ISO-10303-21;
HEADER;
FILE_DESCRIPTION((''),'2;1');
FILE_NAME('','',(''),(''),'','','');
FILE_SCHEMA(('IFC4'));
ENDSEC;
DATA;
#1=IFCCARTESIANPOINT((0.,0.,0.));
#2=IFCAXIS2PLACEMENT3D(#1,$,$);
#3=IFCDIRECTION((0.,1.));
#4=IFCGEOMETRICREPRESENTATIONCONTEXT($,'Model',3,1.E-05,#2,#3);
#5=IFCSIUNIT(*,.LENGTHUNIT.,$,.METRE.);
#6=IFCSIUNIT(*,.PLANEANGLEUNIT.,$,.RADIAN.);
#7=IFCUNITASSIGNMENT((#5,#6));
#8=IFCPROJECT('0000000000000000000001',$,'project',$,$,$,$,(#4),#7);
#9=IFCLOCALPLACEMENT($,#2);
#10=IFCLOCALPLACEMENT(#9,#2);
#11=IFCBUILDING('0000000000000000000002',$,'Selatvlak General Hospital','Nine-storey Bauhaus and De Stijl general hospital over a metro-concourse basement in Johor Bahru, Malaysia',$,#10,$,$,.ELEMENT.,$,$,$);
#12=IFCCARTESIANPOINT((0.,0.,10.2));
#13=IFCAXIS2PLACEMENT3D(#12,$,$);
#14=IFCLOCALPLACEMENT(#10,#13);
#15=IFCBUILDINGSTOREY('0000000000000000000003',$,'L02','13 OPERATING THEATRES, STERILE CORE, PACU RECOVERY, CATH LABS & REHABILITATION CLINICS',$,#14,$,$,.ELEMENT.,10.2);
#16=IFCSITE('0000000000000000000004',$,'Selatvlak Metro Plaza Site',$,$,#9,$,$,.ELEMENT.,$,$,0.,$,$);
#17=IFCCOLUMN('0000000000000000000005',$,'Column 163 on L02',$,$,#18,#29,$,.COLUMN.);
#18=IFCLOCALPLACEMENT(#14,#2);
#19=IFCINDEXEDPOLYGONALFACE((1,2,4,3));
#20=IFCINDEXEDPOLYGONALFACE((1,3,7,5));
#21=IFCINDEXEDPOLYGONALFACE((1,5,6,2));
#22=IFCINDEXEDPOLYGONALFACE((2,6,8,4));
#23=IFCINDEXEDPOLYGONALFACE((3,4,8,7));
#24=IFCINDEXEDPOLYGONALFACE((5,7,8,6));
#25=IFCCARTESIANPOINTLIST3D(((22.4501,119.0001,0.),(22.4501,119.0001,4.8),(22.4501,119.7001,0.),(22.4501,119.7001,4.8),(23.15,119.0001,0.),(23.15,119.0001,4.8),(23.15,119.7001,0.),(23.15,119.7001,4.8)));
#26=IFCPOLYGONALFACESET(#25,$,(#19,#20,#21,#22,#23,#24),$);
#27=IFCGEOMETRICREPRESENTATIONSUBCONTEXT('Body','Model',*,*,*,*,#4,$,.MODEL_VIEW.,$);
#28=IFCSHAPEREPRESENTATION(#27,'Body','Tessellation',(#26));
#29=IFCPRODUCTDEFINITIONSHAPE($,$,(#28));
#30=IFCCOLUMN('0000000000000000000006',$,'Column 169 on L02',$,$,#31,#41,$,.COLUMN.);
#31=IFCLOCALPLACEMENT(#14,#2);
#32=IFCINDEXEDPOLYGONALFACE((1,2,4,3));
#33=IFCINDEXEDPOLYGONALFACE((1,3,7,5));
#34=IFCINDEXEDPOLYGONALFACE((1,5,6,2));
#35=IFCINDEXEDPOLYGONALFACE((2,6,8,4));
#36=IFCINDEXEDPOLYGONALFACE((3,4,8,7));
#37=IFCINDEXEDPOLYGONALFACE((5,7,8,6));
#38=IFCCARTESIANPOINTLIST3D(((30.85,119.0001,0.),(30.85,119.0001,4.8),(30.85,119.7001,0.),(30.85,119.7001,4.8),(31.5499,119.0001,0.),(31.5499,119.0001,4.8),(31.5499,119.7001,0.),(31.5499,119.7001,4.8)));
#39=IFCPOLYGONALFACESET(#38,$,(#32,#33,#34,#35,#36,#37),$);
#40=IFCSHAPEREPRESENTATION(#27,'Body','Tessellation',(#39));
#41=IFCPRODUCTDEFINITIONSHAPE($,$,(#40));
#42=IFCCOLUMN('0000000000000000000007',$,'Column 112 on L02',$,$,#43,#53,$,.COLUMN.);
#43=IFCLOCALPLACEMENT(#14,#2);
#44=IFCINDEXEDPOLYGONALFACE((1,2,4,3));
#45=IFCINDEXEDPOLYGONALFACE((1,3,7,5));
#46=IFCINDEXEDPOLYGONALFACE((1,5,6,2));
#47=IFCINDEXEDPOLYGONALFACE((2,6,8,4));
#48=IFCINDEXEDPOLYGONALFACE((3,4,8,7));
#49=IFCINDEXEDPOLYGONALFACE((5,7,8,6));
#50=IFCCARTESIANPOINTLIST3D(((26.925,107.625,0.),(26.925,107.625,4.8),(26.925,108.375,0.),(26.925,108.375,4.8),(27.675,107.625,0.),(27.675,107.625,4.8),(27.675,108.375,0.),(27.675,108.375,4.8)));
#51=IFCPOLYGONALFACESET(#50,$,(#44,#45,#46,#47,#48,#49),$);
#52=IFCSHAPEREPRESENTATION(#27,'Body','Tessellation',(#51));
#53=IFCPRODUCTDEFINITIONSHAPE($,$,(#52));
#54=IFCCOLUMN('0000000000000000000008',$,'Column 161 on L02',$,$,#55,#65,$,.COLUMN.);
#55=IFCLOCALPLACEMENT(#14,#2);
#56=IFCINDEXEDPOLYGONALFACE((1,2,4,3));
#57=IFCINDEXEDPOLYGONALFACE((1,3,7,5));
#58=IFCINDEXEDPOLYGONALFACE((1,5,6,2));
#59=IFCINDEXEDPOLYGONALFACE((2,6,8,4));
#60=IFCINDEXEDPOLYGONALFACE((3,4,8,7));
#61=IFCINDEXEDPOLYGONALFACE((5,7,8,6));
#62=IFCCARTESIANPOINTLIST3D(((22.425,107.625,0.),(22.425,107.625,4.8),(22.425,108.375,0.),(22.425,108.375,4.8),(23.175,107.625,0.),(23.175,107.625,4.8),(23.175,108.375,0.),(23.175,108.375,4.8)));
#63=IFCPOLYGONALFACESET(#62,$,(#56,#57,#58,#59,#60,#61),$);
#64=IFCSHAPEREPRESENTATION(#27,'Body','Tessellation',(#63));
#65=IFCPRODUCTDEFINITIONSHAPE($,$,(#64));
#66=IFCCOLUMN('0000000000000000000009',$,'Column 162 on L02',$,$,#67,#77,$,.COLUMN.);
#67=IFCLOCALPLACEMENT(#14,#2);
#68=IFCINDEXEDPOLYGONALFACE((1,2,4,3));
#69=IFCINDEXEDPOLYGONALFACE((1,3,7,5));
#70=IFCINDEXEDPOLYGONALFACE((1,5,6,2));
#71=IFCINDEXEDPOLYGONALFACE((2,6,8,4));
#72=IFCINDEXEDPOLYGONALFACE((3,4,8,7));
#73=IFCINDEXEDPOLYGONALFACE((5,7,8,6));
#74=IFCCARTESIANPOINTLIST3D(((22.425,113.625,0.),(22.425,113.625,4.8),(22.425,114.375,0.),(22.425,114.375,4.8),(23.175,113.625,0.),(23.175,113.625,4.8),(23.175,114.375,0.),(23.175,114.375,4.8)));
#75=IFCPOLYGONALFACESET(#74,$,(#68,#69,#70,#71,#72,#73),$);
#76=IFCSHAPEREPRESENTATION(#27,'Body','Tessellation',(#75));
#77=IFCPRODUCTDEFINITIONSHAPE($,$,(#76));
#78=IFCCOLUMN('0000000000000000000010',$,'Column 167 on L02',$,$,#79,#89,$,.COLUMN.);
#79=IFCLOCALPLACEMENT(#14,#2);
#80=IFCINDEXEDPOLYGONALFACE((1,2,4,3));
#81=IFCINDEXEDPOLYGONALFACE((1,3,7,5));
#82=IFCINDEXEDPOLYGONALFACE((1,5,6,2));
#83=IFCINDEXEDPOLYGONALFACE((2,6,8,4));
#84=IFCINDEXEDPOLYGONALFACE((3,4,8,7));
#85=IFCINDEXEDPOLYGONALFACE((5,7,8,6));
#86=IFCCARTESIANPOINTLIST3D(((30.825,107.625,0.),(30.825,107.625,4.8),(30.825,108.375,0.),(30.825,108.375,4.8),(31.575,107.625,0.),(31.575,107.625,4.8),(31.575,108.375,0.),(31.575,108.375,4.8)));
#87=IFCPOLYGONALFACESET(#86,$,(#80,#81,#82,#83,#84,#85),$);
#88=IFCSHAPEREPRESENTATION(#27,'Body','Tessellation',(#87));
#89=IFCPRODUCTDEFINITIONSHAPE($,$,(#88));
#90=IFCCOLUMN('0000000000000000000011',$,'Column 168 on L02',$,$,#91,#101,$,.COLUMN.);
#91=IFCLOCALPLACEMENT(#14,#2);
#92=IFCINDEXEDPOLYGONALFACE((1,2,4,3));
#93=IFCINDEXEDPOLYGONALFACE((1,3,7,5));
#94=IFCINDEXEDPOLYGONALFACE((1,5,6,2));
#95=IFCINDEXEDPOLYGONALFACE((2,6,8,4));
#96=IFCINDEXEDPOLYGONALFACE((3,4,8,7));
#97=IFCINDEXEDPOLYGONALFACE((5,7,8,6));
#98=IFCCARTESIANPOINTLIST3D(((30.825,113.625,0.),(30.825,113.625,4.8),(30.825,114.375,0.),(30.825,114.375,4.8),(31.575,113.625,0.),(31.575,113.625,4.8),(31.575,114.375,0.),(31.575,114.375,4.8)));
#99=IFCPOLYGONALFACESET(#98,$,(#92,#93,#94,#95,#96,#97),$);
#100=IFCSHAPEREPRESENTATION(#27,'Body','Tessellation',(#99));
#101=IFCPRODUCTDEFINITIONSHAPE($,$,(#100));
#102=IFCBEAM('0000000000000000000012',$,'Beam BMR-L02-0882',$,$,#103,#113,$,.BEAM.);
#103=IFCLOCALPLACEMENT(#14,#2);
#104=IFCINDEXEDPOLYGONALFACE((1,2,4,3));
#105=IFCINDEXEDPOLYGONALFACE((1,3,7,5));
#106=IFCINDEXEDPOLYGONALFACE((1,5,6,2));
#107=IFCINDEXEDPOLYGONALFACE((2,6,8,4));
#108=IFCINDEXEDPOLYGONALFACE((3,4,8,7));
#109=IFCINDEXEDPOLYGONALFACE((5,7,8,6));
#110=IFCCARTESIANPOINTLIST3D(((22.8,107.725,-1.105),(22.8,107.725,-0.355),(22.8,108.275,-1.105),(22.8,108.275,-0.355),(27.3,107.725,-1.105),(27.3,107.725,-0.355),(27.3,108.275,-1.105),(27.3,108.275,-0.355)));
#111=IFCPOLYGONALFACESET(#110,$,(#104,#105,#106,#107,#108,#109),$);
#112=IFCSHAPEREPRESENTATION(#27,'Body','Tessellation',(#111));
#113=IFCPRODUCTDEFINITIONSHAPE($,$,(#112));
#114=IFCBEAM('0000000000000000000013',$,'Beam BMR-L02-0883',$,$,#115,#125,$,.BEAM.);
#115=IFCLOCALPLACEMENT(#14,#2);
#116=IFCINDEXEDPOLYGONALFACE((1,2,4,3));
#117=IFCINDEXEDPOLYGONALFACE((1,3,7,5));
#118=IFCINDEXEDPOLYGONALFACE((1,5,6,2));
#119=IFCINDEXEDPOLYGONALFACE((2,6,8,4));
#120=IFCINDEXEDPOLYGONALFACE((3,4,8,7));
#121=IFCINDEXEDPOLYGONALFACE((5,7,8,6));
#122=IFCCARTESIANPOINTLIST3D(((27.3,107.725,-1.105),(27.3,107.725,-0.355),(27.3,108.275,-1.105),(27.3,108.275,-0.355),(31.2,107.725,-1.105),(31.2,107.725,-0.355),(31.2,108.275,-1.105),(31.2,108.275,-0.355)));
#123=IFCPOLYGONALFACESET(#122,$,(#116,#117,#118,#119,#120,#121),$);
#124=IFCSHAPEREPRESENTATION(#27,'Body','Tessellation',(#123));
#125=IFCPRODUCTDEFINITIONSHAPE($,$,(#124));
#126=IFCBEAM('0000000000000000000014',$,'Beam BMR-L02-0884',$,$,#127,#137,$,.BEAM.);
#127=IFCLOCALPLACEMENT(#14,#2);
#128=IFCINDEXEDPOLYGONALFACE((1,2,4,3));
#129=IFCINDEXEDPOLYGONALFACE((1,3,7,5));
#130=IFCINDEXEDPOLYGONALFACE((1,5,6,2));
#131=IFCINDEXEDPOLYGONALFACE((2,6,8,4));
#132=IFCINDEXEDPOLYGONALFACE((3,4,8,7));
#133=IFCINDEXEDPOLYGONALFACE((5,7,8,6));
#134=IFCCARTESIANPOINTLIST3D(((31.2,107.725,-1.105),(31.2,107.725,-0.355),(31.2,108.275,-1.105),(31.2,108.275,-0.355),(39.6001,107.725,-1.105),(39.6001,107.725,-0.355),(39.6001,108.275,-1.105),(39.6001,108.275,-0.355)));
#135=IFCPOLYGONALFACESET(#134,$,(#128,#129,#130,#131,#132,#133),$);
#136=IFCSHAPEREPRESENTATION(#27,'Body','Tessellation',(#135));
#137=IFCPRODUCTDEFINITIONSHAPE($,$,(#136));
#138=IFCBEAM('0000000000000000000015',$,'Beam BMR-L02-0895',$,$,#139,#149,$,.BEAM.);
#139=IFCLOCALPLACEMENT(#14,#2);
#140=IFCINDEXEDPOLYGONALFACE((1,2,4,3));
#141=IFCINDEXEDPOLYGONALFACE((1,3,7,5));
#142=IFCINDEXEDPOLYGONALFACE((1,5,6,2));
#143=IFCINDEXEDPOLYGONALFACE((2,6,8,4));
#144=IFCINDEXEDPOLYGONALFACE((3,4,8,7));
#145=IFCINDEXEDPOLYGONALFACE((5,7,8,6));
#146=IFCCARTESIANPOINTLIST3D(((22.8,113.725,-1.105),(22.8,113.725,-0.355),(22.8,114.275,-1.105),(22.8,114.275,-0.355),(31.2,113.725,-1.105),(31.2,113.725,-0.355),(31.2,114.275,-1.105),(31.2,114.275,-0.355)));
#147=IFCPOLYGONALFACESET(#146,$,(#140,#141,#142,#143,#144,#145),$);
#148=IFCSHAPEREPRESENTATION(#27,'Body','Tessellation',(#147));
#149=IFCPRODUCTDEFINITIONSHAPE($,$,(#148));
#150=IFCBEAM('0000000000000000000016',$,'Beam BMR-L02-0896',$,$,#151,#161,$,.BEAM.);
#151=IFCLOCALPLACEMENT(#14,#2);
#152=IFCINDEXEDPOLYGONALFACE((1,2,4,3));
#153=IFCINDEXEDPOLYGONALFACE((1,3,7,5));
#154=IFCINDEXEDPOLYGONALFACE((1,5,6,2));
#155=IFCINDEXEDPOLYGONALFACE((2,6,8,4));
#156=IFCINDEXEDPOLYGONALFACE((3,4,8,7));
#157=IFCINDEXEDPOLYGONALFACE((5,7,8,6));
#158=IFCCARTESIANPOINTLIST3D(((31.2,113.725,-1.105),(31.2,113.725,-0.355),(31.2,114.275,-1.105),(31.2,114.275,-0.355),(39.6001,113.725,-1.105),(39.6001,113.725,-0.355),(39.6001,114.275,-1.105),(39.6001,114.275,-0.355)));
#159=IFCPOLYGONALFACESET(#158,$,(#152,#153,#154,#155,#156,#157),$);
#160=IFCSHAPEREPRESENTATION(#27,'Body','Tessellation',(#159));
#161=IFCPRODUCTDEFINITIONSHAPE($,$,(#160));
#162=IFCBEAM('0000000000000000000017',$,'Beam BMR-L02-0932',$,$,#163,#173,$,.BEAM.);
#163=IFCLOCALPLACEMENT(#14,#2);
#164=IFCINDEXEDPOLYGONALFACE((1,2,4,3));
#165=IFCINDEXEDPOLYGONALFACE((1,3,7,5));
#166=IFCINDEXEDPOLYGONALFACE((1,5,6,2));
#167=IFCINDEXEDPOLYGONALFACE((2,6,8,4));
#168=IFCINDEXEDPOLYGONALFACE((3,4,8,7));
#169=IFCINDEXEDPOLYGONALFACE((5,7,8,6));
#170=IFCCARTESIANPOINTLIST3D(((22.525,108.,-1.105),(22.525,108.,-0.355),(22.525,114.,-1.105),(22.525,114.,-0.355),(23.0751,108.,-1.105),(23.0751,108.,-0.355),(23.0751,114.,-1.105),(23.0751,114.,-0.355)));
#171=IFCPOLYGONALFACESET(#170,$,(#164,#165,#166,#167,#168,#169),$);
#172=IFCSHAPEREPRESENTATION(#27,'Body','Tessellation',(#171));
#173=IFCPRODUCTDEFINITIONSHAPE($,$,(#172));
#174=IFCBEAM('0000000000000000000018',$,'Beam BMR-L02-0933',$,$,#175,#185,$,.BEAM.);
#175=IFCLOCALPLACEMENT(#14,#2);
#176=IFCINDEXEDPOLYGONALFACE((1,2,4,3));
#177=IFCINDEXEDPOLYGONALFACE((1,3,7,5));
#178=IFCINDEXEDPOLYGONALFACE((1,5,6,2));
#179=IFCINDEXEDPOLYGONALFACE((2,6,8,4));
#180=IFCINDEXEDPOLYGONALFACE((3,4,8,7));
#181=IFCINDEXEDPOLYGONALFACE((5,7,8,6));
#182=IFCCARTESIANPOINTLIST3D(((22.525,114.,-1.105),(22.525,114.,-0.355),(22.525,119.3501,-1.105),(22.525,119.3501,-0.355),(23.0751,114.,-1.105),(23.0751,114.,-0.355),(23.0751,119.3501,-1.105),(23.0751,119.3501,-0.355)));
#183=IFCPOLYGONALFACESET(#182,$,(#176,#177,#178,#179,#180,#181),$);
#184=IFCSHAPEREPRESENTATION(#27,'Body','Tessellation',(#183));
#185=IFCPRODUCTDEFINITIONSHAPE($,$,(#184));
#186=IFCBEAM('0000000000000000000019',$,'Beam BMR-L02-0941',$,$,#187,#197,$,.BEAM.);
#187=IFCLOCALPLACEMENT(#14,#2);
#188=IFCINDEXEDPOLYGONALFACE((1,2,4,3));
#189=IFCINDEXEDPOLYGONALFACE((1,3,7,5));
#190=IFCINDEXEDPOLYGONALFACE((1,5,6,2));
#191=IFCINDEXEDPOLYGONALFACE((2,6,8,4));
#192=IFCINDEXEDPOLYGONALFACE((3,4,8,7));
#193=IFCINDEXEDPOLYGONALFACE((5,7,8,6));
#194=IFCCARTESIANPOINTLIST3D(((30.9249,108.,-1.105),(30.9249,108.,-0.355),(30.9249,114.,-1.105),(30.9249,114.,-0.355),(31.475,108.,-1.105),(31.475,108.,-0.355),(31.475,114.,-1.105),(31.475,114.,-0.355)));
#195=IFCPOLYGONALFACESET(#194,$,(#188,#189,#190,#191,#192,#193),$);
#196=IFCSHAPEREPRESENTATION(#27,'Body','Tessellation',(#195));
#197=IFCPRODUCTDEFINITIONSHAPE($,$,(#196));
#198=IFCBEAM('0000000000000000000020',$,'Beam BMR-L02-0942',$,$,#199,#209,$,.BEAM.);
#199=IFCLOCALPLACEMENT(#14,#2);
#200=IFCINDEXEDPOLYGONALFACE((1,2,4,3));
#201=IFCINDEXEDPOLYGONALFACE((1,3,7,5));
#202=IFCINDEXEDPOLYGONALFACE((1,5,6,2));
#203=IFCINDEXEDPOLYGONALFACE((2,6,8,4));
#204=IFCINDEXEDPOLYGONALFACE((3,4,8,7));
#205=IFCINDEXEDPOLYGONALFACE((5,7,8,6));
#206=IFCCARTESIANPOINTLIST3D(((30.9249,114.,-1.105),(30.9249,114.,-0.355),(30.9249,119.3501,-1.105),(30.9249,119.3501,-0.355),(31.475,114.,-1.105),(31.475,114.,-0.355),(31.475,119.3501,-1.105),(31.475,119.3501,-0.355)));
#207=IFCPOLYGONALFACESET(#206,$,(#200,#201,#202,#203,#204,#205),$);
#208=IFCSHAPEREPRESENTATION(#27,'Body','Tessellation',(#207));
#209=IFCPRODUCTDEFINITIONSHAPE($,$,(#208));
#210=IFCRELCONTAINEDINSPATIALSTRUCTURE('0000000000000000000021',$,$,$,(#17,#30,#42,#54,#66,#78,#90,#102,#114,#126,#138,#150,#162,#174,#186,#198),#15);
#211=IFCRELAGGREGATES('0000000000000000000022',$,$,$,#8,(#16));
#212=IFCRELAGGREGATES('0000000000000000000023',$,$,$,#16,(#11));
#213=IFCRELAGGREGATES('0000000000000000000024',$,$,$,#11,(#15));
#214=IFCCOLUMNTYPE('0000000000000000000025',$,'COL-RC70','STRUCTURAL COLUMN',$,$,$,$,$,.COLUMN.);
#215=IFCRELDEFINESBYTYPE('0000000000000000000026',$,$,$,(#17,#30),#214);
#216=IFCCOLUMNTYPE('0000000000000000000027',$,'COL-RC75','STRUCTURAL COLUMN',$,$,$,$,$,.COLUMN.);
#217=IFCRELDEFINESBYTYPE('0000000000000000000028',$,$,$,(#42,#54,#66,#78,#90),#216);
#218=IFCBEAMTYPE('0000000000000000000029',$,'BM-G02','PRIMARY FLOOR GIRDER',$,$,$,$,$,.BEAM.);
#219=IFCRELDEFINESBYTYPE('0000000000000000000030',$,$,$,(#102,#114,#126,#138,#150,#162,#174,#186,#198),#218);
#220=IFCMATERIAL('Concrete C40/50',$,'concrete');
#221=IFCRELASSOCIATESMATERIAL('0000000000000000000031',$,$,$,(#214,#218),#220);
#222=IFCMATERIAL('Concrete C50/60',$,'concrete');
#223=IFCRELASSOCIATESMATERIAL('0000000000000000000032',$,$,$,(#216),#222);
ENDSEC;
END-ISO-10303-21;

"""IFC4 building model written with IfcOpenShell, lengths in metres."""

from ifc_helpers import new_model, si_unit, direction, frame, origin, origin_2d, place, context, subcontext, project, spatial, rectangle, extrude, material, material_profile, profile_set, type_object, element, save


model = new_model("IFC4")

# Units and contexts
model_context = context("Model", 3, precision=1e-05, world=origin(), true_north=direction((0.0, 1.0)))
body_context = subcontext(model_context, "Body", "Model", "MODEL_VIEW")
ifc_project = project(units=[si_unit("LENGTHUNIT", "METRE"), si_unit("PLANEANGLEUNIT", "RADIAN")], contexts=[model_context])

# Site, building, storey
site_placement = place(None, origin())
site = spatial("IfcSite", under=ifc_project, at=site_placement, Name="Selatvlak Metro Plaza Site", CompositionType="ELEMENT", RefElevation=0.0)
building_placement = place(site_placement, origin())
building = spatial("IfcBuilding", under=site, at=building_placement, Name="Selatvlak General Hospital", Description="Nine-storey Bauhaus and De Stijl general hospital over a metro-concourse basement in Johor Bahru, Malaysia", CompositionType="ELEMENT")
storey_placement = place(building_placement, frame((0.0, 0.0, 10.2)))
storey = spatial("IfcBuildingStorey", under=building, at=storey_placement, Name="L02", Description="13 OPERATING THEATRES, STERILE CORE, PACU RECOVERY, CATH LABS & REHABILITATION CLINICS", CompositionType="ELEMENT", Elevation=10.2)

# Columns
ifc_material_1 = material(Name="Concrete C40/50", Category="concrete")
ifc_material_profile_1 = material_profile(ifc_material_1, rectangle(XDim=0.7, YDim=0.7, at=origin_2d()), Name="RC-COL 700x700")
ifc_profile_set_1 = profile_set([ifc_material_profile_1], Name="Concrete C40/50")
column_type_1 = type_object("IfcColumnType", Name="COL-RC70", Description="STRUCTURAL COLUMN", PredefinedType="COLUMN", material=ifc_profile_set_1)
for number, where, z_axis, x_axis, name in (
    (1, (22.8, 119.3501, 0.0), (0.0, 0.0, 1.0), (1.0, 0.0, 0.0), "Column 163 on L02"),
    (2, (31.2, 119.3501, 0.0), (0.0, 0.0, 1.0), (1.0, 0.0, 0.0), "Column 169 on L02"),
):
    element("IfcColumn", number, at=place(storey_placement, frame(where, z_axis=z_axis, x_axis=x_axis)), inside=storey, type_object=column_type_1, Name=name, PredefinedType="COLUMN", context=body_context, shape_type="SweptSolid", body=[
        extrude(rectangle(XDim=0.7, YDim=0.7, at=origin_2d()), origin(), (0.0, 0.0, 1.0), 4.8),
    ])
ifc_material_2 = material(Name="Concrete C50/60", Category="concrete")
ifc_material_profile_2 = material_profile(ifc_material_2, rectangle(XDim=0.75, YDim=0.75, at=origin_2d()), Name="RC-COL 750x750")
ifc_profile_set_2 = profile_set([ifc_material_profile_2], Name="Concrete C50/60")
column_type_2 = type_object("IfcColumnType", Name="COL-RC75", Description="STRUCTURAL COLUMN", PredefinedType="COLUMN", material=ifc_profile_set_2)
for number, where, z_axis, x_axis, name in (
    (3, (27.3, 108.0, 0.0), (0.0, 0.0, 1.0), (1.0, 0.0, 0.0), "Column 112 on L02"),
    (4, (22.8, 108.0, 0.0), (0.0, 0.0, 1.0), (1.0, 0.0, 0.0), "Column 161 on L02"),
    (5, (22.8, 114.0, 0.0), (0.0, 0.0, 1.0), (1.0, 0.0, 0.0), "Column 162 on L02"),
    (6, (31.2, 108.0, 0.0), (0.0, 0.0, 1.0), (1.0, 0.0, 0.0), "Column 167 on L02"),
    (7, (31.2, 114.0, 0.0), (0.0, 0.0, 1.0), (1.0, 0.0, 0.0), "Column 168 on L02"),
):
    element("IfcColumn", number, at=place(storey_placement, frame(where, z_axis=z_axis, x_axis=x_axis)), inside=storey, type_object=column_type_2, Name=name, PredefinedType="COLUMN", context=body_context, shape_type="SweptSolid", body=[
        extrude(rectangle(XDim=0.75, YDim=0.75, at=origin_2d()), origin(), (0.0, 0.0, 1.0), 4.8),
    ])

# Beams
ifc_material_profile_3 = material_profile(ifc_material_1, rectangle(XDim=0.55, YDim=0.75, at=origin_2d()), Name="RC-BM 550x750")
ifc_profile_set_3 = profile_set([ifc_material_profile_3], Name="Concrete C40/50")
beam_type_1 = type_object("IfcBeamType", Name="BM-G02", Description="PRIMARY FLOOR GIRDER", PredefinedType="BEAM", material=ifc_profile_set_3)
beam_1_placement = place(storey_placement, frame((22.8, 108.0, -0.73), z_axis=(1.0, 0.0, 0.0), x_axis=(0.0, 1.0, 0.0)))
element("IfcBeam", 8, at=beam_1_placement, inside=storey, type_object=beam_type_1, Name="Beam BMR-L02-0882", PredefinedType="BEAM", context=body_context, shape_type="SweptSolid", body=[
    extrude(rectangle(XDim=0.55, YDim=0.75, at=origin_2d()), origin(), (0.0, 0.0, 1.0), 4.5),
])
beam_2_placement = place(storey_placement, frame((27.3, 108.0, -0.73), z_axis=(1.0, 0.0, 0.0), x_axis=(0.0, 1.0, 0.0)))
element("IfcBeam", 9, at=beam_2_placement, inside=storey, type_object=beam_type_1, Name="Beam BMR-L02-0883", PredefinedType="BEAM", context=body_context, shape_type="SweptSolid", body=[
    extrude(rectangle(XDim=0.55, YDim=0.75, at=origin_2d()), origin(), (0.0, 0.0, 1.0), 3.8999),
])
beam_3_placement = place(storey_placement, frame((31.2, 108.0, -0.73), z_axis=(1.0, 0.0, 0.0), x_axis=(0.0, 1.0, 0.0)))
element("IfcBeam", 10, at=beam_3_placement, inside=storey, type_object=beam_type_1, Name="Beam BMR-L02-0884", PredefinedType="BEAM", context=body_context, shape_type="SweptSolid", body=[
    extrude(rectangle(XDim=0.55, YDim=0.75, at=origin_2d()), origin(), (0.0, 0.0, 1.0), 8.4001),
])
beam_4_placement = place(storey_placement, frame((22.8, 114.0, -0.73), z_axis=(1.0, 0.0, 0.0), x_axis=(0.0, 1.0, 0.0)))
element("IfcBeam", 11, at=beam_4_placement, inside=storey, type_object=beam_type_1, Name="Beam BMR-L02-0895", PredefinedType="BEAM", context=body_context, shape_type="SweptSolid", body=[
    extrude(rectangle(XDim=0.55, YDim=0.75, at=origin_2d()), origin(), (0.0, 0.0, 1.0), 8.3999),
])
beam_5_placement = place(storey_placement, frame((31.2, 114.0, -0.73), z_axis=(1.0, 0.0, 0.0), x_axis=(0.0, 1.0, 0.0)))
element("IfcBeam", 12, at=beam_5_placement, inside=storey, type_object=beam_type_1, Name="Beam BMR-L02-0896", PredefinedType="BEAM", context=body_context, shape_type="SweptSolid", body=[
    extrude(rectangle(XDim=0.55, YDim=0.75, at=origin_2d()), origin(), (0.0, 0.0, 1.0), 8.4001),
])
beam_6_placement = place(storey_placement, frame((22.8, 108.0, -0.73), z_axis=(0.0, 1.0, 0.0), x_axis=(-1.0, 0.0, 0.0)))
element("IfcBeam", 13, at=beam_6_placement, inside=storey, type_object=beam_type_1, Name="Beam BMR-L02-0932", PredefinedType="BEAM", context=body_context, shape_type="SweptSolid", body=[
    extrude(rectangle(XDim=0.55, YDim=0.75, at=origin_2d()), origin(), (0.0, 0.0, 1.0), 6.0),
])
beam_7_placement = place(storey_placement, frame((22.8, 114.0, -0.73), z_axis=(0.0, 1.0, 0.0), x_axis=(-1.0, 0.0, 0.0)))
element("IfcBeam", 14, at=beam_7_placement, inside=storey, type_object=beam_type_1, Name="Beam BMR-L02-0933", PredefinedType="BEAM", context=body_context, shape_type="SweptSolid", body=[
    extrude(rectangle(XDim=0.55, YDim=0.75, at=origin_2d()), origin(), (0.0, 0.0, 1.0), 5.3501),
])
beam_8_placement = place(storey_placement, frame((31.2, 108.0, -0.73), z_axis=(0.0, 1.0, 0.0), x_axis=(-1.0, 0.0, 0.0)))
element("IfcBeam", 15, at=beam_8_placement, inside=storey, type_object=beam_type_1, Name="Beam BMR-L02-0941", PredefinedType="BEAM", context=body_context, shape_type="SweptSolid", body=[
    extrude(rectangle(XDim=0.55, YDim=0.75, at=origin_2d()), origin(), (0.0, 0.0, 1.0), 6.0),
])
beam_9_placement = place(storey_placement, frame((31.2, 114.0, -0.73), z_axis=(0.0, 1.0, 0.0), x_axis=(-1.0, 0.0, 0.0)))
element("IfcBeam", 16, at=beam_9_placement, inside=storey, type_object=beam_type_1, Name="Beam BMR-L02-0942", PredefinedType="BEAM", context=body_context, shape_type="SweptSolid", body=[
    extrude(rectangle(XDim=0.55, YDim=0.75, at=origin_2d()), origin(), (0.0, 0.0, 1.0), 5.3501),
])

save(model, "model.ifc")
